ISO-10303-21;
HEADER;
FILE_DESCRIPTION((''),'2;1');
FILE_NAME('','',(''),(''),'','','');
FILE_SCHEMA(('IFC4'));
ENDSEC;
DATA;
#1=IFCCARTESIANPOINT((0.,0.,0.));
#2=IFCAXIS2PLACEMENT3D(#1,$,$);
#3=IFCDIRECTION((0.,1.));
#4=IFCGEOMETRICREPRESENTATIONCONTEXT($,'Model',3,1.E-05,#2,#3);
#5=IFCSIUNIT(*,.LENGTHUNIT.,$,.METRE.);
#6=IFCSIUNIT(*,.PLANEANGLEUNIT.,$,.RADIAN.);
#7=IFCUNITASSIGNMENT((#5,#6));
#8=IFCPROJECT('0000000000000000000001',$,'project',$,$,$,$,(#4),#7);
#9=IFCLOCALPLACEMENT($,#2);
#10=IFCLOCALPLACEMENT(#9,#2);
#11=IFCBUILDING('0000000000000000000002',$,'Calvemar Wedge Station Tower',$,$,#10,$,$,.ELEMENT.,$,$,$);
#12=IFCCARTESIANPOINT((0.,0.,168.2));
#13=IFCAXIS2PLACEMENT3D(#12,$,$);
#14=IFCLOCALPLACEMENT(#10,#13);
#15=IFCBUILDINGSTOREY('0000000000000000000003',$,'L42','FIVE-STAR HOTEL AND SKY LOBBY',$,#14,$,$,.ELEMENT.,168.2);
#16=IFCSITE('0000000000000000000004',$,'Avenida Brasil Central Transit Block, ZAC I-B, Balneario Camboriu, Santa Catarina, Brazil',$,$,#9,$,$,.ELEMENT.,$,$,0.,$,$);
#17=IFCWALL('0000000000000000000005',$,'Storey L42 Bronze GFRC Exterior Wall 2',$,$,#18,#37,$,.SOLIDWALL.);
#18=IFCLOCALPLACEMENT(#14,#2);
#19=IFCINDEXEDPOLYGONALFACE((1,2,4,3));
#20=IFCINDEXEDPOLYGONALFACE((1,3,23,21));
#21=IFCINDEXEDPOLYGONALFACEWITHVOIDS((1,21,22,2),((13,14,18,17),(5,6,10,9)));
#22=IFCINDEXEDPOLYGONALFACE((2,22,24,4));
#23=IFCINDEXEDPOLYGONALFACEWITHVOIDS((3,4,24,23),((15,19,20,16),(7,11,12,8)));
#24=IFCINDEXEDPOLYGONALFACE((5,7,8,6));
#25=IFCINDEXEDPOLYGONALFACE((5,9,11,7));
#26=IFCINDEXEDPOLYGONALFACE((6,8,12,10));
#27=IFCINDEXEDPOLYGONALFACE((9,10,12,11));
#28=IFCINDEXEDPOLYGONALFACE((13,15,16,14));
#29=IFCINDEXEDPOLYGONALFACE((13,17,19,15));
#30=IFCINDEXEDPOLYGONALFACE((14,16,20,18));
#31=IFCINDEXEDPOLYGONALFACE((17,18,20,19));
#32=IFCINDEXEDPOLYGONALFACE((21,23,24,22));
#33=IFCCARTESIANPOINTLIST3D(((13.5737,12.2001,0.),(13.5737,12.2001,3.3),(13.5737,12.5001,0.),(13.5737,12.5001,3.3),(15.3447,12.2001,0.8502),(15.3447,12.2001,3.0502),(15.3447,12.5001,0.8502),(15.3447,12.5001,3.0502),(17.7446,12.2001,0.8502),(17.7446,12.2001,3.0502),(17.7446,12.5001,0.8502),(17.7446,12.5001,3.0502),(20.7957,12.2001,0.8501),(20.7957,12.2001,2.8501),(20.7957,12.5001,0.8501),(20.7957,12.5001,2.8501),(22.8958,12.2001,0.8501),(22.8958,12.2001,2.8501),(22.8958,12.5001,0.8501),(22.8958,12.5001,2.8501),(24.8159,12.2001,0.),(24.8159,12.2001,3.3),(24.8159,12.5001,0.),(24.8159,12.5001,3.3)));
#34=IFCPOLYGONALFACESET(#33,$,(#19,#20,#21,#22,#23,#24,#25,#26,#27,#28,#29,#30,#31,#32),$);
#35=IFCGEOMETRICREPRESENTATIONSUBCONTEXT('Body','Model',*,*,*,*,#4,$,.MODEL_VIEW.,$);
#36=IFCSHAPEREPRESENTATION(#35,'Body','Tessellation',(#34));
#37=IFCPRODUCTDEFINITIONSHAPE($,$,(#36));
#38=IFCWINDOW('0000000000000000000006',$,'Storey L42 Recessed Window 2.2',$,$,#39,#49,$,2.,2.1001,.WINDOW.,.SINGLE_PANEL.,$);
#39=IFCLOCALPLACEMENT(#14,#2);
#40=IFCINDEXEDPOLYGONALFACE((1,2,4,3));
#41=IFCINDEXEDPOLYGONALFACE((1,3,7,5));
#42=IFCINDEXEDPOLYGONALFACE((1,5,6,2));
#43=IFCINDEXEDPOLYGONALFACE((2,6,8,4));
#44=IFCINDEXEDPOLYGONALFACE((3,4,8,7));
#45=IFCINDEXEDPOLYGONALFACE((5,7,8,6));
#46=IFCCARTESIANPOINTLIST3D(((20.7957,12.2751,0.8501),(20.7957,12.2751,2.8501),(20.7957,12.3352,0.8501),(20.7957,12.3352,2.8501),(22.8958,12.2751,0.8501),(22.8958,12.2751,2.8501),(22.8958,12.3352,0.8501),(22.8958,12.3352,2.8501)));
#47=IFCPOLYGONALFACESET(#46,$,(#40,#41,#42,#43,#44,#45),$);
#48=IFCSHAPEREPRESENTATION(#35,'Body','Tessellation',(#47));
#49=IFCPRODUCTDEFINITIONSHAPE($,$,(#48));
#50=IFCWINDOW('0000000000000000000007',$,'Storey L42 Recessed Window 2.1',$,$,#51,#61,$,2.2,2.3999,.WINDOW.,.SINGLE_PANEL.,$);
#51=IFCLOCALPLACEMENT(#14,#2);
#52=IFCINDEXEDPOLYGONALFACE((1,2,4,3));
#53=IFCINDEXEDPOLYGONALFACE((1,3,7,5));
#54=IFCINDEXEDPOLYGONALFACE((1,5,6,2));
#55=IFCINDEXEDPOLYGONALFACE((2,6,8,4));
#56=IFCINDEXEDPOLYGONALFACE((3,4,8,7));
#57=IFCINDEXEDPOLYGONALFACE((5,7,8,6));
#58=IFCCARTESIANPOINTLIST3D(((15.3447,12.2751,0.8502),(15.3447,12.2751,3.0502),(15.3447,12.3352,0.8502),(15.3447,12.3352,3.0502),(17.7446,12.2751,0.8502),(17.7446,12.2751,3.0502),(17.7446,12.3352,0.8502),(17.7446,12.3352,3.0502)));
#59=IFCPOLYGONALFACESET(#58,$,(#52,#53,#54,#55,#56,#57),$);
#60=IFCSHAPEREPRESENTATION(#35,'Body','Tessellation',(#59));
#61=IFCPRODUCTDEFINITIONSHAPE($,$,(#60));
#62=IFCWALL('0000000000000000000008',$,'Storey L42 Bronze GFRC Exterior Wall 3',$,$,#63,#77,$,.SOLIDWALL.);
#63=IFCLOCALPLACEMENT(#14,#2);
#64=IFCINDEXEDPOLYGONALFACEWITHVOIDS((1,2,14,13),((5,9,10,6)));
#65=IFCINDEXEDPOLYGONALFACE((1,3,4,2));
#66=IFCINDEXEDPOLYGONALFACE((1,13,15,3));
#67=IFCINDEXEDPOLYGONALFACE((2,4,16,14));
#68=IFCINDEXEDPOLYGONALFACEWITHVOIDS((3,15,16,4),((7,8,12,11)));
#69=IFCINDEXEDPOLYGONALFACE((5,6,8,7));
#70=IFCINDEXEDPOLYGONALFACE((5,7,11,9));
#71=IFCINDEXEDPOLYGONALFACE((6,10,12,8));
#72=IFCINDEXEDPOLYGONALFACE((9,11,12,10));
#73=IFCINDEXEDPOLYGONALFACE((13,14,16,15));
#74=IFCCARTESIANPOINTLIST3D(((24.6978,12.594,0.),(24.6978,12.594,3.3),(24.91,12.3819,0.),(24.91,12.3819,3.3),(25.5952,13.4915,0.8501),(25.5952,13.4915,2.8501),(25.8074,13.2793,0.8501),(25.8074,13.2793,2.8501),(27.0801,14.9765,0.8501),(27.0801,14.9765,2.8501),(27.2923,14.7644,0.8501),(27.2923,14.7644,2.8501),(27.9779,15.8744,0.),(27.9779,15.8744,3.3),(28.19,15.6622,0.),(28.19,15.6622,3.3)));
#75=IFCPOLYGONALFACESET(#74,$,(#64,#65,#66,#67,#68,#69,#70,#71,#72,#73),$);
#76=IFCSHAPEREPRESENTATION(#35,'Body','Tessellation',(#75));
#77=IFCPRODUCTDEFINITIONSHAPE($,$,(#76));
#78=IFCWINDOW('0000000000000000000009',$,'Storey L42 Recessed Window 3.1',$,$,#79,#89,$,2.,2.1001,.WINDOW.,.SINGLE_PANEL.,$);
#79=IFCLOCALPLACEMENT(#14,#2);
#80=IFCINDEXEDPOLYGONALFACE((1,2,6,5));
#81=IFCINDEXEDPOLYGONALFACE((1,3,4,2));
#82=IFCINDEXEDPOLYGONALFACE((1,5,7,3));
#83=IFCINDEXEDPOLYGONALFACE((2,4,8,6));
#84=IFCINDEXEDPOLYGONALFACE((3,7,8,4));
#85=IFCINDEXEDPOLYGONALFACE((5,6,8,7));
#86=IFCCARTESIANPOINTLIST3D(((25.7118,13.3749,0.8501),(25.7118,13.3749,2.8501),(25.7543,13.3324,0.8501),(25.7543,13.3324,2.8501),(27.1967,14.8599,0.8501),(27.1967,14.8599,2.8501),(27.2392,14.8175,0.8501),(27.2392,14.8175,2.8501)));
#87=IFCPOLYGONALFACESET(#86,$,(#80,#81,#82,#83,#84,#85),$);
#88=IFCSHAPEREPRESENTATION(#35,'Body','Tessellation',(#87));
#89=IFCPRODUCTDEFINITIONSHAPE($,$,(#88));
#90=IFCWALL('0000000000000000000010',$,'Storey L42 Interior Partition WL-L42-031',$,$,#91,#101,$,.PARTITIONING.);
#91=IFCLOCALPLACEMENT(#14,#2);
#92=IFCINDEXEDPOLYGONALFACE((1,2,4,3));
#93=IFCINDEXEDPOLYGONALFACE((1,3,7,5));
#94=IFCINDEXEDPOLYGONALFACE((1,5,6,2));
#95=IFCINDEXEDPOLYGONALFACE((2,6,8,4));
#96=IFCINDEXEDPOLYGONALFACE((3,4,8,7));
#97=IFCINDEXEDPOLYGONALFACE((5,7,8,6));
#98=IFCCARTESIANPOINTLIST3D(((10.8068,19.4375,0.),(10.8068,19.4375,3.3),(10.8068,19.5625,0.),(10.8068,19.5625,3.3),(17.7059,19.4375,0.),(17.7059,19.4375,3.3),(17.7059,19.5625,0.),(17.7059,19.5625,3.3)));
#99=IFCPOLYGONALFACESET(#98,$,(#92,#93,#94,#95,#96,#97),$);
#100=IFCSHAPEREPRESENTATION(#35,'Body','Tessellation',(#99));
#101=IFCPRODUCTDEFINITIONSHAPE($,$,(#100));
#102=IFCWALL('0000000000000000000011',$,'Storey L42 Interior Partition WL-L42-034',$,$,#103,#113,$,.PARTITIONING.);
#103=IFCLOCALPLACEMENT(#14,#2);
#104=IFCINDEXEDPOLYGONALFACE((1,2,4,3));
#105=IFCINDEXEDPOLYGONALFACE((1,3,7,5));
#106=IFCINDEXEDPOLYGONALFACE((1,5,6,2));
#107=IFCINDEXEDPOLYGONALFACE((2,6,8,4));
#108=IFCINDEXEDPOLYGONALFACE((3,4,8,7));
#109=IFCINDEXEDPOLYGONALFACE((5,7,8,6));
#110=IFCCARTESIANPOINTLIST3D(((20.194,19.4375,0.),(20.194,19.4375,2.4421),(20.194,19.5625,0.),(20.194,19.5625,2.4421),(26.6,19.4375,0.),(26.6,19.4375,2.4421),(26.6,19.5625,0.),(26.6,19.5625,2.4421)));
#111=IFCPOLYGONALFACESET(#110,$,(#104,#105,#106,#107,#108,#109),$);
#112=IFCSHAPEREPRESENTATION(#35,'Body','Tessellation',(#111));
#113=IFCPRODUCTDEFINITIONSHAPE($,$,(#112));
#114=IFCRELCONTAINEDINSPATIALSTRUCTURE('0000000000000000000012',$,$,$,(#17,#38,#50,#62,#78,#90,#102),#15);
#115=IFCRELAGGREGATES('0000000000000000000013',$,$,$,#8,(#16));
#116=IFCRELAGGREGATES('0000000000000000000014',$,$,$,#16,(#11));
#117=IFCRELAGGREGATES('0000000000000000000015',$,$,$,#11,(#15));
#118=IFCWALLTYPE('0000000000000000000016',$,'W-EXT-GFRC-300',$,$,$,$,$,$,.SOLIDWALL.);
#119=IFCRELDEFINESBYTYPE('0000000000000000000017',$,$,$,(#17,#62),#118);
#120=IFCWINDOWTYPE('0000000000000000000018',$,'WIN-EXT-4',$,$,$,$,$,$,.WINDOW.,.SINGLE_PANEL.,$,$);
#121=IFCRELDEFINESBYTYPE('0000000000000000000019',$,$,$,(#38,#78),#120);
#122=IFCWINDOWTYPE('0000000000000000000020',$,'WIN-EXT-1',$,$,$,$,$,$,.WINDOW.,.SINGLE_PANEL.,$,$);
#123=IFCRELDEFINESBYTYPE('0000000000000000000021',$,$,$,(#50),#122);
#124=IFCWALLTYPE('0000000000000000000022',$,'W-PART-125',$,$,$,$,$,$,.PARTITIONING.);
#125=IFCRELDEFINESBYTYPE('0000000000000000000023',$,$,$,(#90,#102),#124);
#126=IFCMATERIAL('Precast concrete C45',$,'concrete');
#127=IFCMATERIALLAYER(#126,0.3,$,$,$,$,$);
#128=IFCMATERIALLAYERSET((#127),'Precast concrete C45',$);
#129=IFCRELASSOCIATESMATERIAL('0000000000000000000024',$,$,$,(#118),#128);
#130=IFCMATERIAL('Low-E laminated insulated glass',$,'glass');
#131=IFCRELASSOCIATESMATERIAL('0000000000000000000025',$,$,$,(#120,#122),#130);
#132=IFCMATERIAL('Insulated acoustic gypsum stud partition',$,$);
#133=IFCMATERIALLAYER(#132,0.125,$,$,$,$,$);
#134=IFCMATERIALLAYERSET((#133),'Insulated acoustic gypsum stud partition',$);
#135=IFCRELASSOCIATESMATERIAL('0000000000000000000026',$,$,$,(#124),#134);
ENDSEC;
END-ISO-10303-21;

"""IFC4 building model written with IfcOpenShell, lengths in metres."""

from ifc_helpers import new_model, si_unit, direction, frame, frame_2d, origin, place, context, subcontext, project, spatial, rectangle, extrude, source, transform, mapped, material, layer, layer_set, type_object, element, fill, save


model = new_model("IFC4")

# Units and contexts
model_context = context("Model", 3, precision=1e-05, world=origin(), true_north=direction((0.0, 1.0)))
body_context = subcontext(model_context, "Body", "Model", "MODEL_VIEW")
ifc_project = project(units=[si_unit("LENGTHUNIT", "METRE"), si_unit("PLANEANGLEUNIT", "RADIAN")], contexts=[model_context])

# Site, building, storey
site_placement = place(None, origin())
site = spatial("IfcSite", under=ifc_project, at=site_placement, Name="Avenida Brasil Central Transit Block, ZAC I-B, Balneario Camboriu, Santa Catarina, Brazil", CompositionType="ELEMENT", RefElevation=0.0)
building_placement = place(site_placement, origin())
building = spatial("IfcBuilding", under=site, at=building_placement, Name="Calvemar Wedge Station Tower", CompositionType="ELEMENT")
storey_placement = place(building_placement, frame((0.0, 0.0, 168.2)))
storey = spatial("IfcBuildingStorey", under=building, at=storey_placement, Name="L42", Description="FIVE-STAR HOTEL AND SKY LOBBY", CompositionType="ELEMENT", Elevation=168.2)

# Shared definitions
ifc_material_1 = material(Name="Precast concrete C45", Category="concrete")
ifc_layer_1 = layer(ifc_material_1, 0.3)
ifc_layer_set_1 = layer_set([ifc_layer_1], Name="Precast concrete C45")
wall_type_1 = type_object("IfcWallType", Name="W-EXT-GFRC-300", PredefinedType="SOLIDWALL", material=ifc_layer_set_1)
shared_shape_1 = source(origin(), body_context, "Body", "SweptSolid", [
    extrude(rectangle(XDim=2.1001, YDim=2.0, at=frame_2d((1.05, 1.0))), frame((0.0, 0.1602, 0.0), z_axis=(0.0, -1.0, 0.0), x_axis=(1.0, 0.0, 0.0)), (0.0, 0.0, 1.0), 0.3201),
])
ifc_material_2 = material(Name="Low-E laminated insulated glass", Category="glass")
window_type_1 = type_object("IfcWindowType", Name="WIN-EXT-4", PartitioningType="SINGLE_PANEL", PredefinedType="WINDOW", material=ifc_material_2)
shared_shape_2 = source(origin(), body_context, "Body", "SweptSolid", [
    extrude(rectangle(XDim=2.1001, YDim=2.0, at=frame_2d((1.05, 1.0))), frame((0.0, -0.0149, 0.0), z_axis=(0.0, -1.0, 0.0), x_axis=(1.0, 0.0, 0.0)), (0.0, 0.0, 1.0), 0.0601),
])

# Wall, openings, windows
wall_1_placement = place(storey_placement, frame((13.5737, 12.3501, 0.0), z_axis=(0.0, 0.0, 1.0), x_axis=(1.0, 0.0, 0.0)))
wall_1 = element("IfcWall", 1, at=wall_1_placement, inside=storey, type_object=wall_type_1, Name="Storey L42 Bronze GFRC Exterior Wall 2", PredefinedType="SOLIDWALL", context=body_context, shape_type="SweptSolid", body=[
    extrude(rectangle(XDim=11.2422, YDim=0.3, at=frame_2d((5.6211, 0.0))), origin(), (0.0, 0.0, 1.0), 3.3),
])
shared_shape_3 = source(origin(), body_context, "Body", "SweptSolid", [
    extrude(rectangle(XDim=2.3999, YDim=2.2, at=frame_2d((1.2, 1.1001))), frame((0.0, 0.1602, 0.0), z_axis=(0.0, -1.0, 0.0), x_axis=(1.0, 0.0, 0.0)), (0.0, 0.0, 1.0), 0.3201),
])
opening_1_placement = place(wall_1_placement, frame((1.771, 0.0, 0.8501)))
opening_1 = element("IfcOpeningElement", 2, at=opening_1_placement, cuts=wall_1, PredefinedType="OPENING", context=body_context, shape_type="MappedRepresentation", body=[
    mapped(shared_shape_3, transform((0.0, 0.0, 0.0), scale=1.0)),
])
opening_2_placement = place(wall_1_placement, frame((7.2219, 0.0, 0.8501)))
opening_2 = element("IfcOpeningElement", 3, at=opening_2_placement, cuts=wall_1, PredefinedType="OPENING", context=body_context, shape_type="MappedRepresentation", body=[
    mapped(shared_shape_1, transform((0.0, 0.0, 0.0), scale=1.0)),
])
window_1_placement = place(opening_2_placement, origin())
window_1 = element("IfcWindow", 4, at=window_1_placement, inside=storey, type_object=window_type_1, Name="Storey L42 Recessed Window 2.2", OverallHeight=2.0, OverallWidth=2.1001, PartitioningType="SINGLE_PANEL", PredefinedType="WINDOW", context=body_context, shape_type="MappedRepresentation", body=[
    mapped(shared_shape_2, transform((0.0, 0.0, 0.0), scale=1.0)),
])
fill(opening_2, window_1)
window_type_2 = type_object("IfcWindowType", Name="WIN-EXT-1", PartitioningType="SINGLE_PANEL", PredefinedType="WINDOW", material=ifc_material_2)
shared_shape_4 = source(origin(), body_context, "Body", "SweptSolid", [
    extrude(rectangle(XDim=2.3999, YDim=2.2, at=frame_2d((1.2, 1.1001))), frame((0.0, -0.0149, 0.0), z_axis=(0.0, -1.0, 0.0), x_axis=(1.0, 0.0, 0.0)), (0.0, 0.0, 1.0), 0.0601),
])
window_2_placement = place(opening_1_placement, origin())
window_2 = element("IfcWindow", 5, at=window_2_placement, inside=storey, type_object=window_type_2, Name="Storey L42 Recessed Window 2.1", OverallHeight=2.2, OverallWidth=2.3999, PartitioningType="SINGLE_PANEL", PredefinedType="WINDOW", context=body_context, shape_type="MappedRepresentation", body=[
    mapped(shared_shape_4, transform((0.0, 0.0, 0.0), scale=1.0)),
])
fill(opening_1, window_2)

# Wall, opening, window
wall_2_placement = place(storey_placement, frame((24.804, 12.488, 0.0), z_axis=(0.0, 0.0, 1.0), x_axis=(0.70708, 0.707133, 0.0)))
wall_2 = element("IfcWall", 6, at=wall_2_placement, inside=storey, type_object=wall_type_1, Name="Storey L42 Bronze GFRC Exterior Wall 3", PredefinedType="SOLIDWALL", context=body_context, shape_type="SweptSolid", body=[
    extrude(rectangle(XDim=4.6389, YDim=0.3, at=frame_2d((2.3193, 0.0))), origin(), (0.0, 0.0, 1.0), 3.3),
])
opening_3_placement = place(wall_2_placement, frame((1.269, 0.0, 0.8501)))
opening_3 = element("IfcOpeningElement", 7, at=opening_3_placement, cuts=wall_2, PredefinedType="OPENING", context=body_context, shape_type="MappedRepresentation", body=[
    mapped(shared_shape_1, transform((0.0, 0.0, 0.0), scale=1.0)),
])
window_3_placement = place(opening_3_placement, origin())
window_3 = element("IfcWindow", 8, at=window_3_placement, inside=storey, type_object=window_type_1, Name="Storey L42 Recessed Window 3.1", OverallHeight=2.0, OverallWidth=2.1001, PartitioningType="SINGLE_PANEL", PredefinedType="WINDOW", context=body_context, shape_type="MappedRepresentation", body=[
    mapped(shared_shape_2, transform((0.0, 0.0, 0.0), scale=1.0)),
])
fill(opening_3, window_3)

# Walls
ifc_material_3 = material(Name="Insulated acoustic gypsum stud partition")
ifc_layer_2 = layer(ifc_material_3, 0.125)
ifc_layer_set_2 = layer_set([ifc_layer_2], Name="Insulated acoustic gypsum stud partition")
wall_type_2 = type_object("IfcWallType", Name="W-PART-125", PredefinedType="PARTITIONING", material=ifc_layer_set_2)
wall_3_placement = place(storey_placement, frame((17.7061, 19.5, 0.0), z_axis=(0.0, 0.0, 1.0), x_axis=(-1.0, 0.0, 0.0)))
element("IfcWall", 9, at=wall_3_placement, inside=storey, type_object=wall_type_2, Name="Storey L42 Interior Partition WL-L42-031", PredefinedType="PARTITIONING", context=body_context, shape_type="SweptSolid", body=[
    extrude(rectangle(XDim=6.8992, YDim=0.125, at=frame_2d((3.4497, 0.0))), origin(), (0.0, 0.0, 1.0), 3.3),
])
wall_4_placement = place(storey_placement, frame((26.6001, 19.5, 0.0), z_axis=(0.0, 0.0, 1.0), x_axis=(-1.0, 0.0, 0.0)))
element("IfcWall", 10, at=wall_4_placement, inside=storey, type_object=wall_type_2, Name="Storey L42 Interior Partition WL-L42-034", PredefinedType="PARTITIONING", context=body_context, shape_type="SweptSolid", body=[
    extrude(rectangle(XDim=6.406, YDim=0.125, at=frame_2d((3.2031, 0.0))), origin(), (0.0, 0.0, 1.0), 2.4421),
])

save(model, "model.ifc")
